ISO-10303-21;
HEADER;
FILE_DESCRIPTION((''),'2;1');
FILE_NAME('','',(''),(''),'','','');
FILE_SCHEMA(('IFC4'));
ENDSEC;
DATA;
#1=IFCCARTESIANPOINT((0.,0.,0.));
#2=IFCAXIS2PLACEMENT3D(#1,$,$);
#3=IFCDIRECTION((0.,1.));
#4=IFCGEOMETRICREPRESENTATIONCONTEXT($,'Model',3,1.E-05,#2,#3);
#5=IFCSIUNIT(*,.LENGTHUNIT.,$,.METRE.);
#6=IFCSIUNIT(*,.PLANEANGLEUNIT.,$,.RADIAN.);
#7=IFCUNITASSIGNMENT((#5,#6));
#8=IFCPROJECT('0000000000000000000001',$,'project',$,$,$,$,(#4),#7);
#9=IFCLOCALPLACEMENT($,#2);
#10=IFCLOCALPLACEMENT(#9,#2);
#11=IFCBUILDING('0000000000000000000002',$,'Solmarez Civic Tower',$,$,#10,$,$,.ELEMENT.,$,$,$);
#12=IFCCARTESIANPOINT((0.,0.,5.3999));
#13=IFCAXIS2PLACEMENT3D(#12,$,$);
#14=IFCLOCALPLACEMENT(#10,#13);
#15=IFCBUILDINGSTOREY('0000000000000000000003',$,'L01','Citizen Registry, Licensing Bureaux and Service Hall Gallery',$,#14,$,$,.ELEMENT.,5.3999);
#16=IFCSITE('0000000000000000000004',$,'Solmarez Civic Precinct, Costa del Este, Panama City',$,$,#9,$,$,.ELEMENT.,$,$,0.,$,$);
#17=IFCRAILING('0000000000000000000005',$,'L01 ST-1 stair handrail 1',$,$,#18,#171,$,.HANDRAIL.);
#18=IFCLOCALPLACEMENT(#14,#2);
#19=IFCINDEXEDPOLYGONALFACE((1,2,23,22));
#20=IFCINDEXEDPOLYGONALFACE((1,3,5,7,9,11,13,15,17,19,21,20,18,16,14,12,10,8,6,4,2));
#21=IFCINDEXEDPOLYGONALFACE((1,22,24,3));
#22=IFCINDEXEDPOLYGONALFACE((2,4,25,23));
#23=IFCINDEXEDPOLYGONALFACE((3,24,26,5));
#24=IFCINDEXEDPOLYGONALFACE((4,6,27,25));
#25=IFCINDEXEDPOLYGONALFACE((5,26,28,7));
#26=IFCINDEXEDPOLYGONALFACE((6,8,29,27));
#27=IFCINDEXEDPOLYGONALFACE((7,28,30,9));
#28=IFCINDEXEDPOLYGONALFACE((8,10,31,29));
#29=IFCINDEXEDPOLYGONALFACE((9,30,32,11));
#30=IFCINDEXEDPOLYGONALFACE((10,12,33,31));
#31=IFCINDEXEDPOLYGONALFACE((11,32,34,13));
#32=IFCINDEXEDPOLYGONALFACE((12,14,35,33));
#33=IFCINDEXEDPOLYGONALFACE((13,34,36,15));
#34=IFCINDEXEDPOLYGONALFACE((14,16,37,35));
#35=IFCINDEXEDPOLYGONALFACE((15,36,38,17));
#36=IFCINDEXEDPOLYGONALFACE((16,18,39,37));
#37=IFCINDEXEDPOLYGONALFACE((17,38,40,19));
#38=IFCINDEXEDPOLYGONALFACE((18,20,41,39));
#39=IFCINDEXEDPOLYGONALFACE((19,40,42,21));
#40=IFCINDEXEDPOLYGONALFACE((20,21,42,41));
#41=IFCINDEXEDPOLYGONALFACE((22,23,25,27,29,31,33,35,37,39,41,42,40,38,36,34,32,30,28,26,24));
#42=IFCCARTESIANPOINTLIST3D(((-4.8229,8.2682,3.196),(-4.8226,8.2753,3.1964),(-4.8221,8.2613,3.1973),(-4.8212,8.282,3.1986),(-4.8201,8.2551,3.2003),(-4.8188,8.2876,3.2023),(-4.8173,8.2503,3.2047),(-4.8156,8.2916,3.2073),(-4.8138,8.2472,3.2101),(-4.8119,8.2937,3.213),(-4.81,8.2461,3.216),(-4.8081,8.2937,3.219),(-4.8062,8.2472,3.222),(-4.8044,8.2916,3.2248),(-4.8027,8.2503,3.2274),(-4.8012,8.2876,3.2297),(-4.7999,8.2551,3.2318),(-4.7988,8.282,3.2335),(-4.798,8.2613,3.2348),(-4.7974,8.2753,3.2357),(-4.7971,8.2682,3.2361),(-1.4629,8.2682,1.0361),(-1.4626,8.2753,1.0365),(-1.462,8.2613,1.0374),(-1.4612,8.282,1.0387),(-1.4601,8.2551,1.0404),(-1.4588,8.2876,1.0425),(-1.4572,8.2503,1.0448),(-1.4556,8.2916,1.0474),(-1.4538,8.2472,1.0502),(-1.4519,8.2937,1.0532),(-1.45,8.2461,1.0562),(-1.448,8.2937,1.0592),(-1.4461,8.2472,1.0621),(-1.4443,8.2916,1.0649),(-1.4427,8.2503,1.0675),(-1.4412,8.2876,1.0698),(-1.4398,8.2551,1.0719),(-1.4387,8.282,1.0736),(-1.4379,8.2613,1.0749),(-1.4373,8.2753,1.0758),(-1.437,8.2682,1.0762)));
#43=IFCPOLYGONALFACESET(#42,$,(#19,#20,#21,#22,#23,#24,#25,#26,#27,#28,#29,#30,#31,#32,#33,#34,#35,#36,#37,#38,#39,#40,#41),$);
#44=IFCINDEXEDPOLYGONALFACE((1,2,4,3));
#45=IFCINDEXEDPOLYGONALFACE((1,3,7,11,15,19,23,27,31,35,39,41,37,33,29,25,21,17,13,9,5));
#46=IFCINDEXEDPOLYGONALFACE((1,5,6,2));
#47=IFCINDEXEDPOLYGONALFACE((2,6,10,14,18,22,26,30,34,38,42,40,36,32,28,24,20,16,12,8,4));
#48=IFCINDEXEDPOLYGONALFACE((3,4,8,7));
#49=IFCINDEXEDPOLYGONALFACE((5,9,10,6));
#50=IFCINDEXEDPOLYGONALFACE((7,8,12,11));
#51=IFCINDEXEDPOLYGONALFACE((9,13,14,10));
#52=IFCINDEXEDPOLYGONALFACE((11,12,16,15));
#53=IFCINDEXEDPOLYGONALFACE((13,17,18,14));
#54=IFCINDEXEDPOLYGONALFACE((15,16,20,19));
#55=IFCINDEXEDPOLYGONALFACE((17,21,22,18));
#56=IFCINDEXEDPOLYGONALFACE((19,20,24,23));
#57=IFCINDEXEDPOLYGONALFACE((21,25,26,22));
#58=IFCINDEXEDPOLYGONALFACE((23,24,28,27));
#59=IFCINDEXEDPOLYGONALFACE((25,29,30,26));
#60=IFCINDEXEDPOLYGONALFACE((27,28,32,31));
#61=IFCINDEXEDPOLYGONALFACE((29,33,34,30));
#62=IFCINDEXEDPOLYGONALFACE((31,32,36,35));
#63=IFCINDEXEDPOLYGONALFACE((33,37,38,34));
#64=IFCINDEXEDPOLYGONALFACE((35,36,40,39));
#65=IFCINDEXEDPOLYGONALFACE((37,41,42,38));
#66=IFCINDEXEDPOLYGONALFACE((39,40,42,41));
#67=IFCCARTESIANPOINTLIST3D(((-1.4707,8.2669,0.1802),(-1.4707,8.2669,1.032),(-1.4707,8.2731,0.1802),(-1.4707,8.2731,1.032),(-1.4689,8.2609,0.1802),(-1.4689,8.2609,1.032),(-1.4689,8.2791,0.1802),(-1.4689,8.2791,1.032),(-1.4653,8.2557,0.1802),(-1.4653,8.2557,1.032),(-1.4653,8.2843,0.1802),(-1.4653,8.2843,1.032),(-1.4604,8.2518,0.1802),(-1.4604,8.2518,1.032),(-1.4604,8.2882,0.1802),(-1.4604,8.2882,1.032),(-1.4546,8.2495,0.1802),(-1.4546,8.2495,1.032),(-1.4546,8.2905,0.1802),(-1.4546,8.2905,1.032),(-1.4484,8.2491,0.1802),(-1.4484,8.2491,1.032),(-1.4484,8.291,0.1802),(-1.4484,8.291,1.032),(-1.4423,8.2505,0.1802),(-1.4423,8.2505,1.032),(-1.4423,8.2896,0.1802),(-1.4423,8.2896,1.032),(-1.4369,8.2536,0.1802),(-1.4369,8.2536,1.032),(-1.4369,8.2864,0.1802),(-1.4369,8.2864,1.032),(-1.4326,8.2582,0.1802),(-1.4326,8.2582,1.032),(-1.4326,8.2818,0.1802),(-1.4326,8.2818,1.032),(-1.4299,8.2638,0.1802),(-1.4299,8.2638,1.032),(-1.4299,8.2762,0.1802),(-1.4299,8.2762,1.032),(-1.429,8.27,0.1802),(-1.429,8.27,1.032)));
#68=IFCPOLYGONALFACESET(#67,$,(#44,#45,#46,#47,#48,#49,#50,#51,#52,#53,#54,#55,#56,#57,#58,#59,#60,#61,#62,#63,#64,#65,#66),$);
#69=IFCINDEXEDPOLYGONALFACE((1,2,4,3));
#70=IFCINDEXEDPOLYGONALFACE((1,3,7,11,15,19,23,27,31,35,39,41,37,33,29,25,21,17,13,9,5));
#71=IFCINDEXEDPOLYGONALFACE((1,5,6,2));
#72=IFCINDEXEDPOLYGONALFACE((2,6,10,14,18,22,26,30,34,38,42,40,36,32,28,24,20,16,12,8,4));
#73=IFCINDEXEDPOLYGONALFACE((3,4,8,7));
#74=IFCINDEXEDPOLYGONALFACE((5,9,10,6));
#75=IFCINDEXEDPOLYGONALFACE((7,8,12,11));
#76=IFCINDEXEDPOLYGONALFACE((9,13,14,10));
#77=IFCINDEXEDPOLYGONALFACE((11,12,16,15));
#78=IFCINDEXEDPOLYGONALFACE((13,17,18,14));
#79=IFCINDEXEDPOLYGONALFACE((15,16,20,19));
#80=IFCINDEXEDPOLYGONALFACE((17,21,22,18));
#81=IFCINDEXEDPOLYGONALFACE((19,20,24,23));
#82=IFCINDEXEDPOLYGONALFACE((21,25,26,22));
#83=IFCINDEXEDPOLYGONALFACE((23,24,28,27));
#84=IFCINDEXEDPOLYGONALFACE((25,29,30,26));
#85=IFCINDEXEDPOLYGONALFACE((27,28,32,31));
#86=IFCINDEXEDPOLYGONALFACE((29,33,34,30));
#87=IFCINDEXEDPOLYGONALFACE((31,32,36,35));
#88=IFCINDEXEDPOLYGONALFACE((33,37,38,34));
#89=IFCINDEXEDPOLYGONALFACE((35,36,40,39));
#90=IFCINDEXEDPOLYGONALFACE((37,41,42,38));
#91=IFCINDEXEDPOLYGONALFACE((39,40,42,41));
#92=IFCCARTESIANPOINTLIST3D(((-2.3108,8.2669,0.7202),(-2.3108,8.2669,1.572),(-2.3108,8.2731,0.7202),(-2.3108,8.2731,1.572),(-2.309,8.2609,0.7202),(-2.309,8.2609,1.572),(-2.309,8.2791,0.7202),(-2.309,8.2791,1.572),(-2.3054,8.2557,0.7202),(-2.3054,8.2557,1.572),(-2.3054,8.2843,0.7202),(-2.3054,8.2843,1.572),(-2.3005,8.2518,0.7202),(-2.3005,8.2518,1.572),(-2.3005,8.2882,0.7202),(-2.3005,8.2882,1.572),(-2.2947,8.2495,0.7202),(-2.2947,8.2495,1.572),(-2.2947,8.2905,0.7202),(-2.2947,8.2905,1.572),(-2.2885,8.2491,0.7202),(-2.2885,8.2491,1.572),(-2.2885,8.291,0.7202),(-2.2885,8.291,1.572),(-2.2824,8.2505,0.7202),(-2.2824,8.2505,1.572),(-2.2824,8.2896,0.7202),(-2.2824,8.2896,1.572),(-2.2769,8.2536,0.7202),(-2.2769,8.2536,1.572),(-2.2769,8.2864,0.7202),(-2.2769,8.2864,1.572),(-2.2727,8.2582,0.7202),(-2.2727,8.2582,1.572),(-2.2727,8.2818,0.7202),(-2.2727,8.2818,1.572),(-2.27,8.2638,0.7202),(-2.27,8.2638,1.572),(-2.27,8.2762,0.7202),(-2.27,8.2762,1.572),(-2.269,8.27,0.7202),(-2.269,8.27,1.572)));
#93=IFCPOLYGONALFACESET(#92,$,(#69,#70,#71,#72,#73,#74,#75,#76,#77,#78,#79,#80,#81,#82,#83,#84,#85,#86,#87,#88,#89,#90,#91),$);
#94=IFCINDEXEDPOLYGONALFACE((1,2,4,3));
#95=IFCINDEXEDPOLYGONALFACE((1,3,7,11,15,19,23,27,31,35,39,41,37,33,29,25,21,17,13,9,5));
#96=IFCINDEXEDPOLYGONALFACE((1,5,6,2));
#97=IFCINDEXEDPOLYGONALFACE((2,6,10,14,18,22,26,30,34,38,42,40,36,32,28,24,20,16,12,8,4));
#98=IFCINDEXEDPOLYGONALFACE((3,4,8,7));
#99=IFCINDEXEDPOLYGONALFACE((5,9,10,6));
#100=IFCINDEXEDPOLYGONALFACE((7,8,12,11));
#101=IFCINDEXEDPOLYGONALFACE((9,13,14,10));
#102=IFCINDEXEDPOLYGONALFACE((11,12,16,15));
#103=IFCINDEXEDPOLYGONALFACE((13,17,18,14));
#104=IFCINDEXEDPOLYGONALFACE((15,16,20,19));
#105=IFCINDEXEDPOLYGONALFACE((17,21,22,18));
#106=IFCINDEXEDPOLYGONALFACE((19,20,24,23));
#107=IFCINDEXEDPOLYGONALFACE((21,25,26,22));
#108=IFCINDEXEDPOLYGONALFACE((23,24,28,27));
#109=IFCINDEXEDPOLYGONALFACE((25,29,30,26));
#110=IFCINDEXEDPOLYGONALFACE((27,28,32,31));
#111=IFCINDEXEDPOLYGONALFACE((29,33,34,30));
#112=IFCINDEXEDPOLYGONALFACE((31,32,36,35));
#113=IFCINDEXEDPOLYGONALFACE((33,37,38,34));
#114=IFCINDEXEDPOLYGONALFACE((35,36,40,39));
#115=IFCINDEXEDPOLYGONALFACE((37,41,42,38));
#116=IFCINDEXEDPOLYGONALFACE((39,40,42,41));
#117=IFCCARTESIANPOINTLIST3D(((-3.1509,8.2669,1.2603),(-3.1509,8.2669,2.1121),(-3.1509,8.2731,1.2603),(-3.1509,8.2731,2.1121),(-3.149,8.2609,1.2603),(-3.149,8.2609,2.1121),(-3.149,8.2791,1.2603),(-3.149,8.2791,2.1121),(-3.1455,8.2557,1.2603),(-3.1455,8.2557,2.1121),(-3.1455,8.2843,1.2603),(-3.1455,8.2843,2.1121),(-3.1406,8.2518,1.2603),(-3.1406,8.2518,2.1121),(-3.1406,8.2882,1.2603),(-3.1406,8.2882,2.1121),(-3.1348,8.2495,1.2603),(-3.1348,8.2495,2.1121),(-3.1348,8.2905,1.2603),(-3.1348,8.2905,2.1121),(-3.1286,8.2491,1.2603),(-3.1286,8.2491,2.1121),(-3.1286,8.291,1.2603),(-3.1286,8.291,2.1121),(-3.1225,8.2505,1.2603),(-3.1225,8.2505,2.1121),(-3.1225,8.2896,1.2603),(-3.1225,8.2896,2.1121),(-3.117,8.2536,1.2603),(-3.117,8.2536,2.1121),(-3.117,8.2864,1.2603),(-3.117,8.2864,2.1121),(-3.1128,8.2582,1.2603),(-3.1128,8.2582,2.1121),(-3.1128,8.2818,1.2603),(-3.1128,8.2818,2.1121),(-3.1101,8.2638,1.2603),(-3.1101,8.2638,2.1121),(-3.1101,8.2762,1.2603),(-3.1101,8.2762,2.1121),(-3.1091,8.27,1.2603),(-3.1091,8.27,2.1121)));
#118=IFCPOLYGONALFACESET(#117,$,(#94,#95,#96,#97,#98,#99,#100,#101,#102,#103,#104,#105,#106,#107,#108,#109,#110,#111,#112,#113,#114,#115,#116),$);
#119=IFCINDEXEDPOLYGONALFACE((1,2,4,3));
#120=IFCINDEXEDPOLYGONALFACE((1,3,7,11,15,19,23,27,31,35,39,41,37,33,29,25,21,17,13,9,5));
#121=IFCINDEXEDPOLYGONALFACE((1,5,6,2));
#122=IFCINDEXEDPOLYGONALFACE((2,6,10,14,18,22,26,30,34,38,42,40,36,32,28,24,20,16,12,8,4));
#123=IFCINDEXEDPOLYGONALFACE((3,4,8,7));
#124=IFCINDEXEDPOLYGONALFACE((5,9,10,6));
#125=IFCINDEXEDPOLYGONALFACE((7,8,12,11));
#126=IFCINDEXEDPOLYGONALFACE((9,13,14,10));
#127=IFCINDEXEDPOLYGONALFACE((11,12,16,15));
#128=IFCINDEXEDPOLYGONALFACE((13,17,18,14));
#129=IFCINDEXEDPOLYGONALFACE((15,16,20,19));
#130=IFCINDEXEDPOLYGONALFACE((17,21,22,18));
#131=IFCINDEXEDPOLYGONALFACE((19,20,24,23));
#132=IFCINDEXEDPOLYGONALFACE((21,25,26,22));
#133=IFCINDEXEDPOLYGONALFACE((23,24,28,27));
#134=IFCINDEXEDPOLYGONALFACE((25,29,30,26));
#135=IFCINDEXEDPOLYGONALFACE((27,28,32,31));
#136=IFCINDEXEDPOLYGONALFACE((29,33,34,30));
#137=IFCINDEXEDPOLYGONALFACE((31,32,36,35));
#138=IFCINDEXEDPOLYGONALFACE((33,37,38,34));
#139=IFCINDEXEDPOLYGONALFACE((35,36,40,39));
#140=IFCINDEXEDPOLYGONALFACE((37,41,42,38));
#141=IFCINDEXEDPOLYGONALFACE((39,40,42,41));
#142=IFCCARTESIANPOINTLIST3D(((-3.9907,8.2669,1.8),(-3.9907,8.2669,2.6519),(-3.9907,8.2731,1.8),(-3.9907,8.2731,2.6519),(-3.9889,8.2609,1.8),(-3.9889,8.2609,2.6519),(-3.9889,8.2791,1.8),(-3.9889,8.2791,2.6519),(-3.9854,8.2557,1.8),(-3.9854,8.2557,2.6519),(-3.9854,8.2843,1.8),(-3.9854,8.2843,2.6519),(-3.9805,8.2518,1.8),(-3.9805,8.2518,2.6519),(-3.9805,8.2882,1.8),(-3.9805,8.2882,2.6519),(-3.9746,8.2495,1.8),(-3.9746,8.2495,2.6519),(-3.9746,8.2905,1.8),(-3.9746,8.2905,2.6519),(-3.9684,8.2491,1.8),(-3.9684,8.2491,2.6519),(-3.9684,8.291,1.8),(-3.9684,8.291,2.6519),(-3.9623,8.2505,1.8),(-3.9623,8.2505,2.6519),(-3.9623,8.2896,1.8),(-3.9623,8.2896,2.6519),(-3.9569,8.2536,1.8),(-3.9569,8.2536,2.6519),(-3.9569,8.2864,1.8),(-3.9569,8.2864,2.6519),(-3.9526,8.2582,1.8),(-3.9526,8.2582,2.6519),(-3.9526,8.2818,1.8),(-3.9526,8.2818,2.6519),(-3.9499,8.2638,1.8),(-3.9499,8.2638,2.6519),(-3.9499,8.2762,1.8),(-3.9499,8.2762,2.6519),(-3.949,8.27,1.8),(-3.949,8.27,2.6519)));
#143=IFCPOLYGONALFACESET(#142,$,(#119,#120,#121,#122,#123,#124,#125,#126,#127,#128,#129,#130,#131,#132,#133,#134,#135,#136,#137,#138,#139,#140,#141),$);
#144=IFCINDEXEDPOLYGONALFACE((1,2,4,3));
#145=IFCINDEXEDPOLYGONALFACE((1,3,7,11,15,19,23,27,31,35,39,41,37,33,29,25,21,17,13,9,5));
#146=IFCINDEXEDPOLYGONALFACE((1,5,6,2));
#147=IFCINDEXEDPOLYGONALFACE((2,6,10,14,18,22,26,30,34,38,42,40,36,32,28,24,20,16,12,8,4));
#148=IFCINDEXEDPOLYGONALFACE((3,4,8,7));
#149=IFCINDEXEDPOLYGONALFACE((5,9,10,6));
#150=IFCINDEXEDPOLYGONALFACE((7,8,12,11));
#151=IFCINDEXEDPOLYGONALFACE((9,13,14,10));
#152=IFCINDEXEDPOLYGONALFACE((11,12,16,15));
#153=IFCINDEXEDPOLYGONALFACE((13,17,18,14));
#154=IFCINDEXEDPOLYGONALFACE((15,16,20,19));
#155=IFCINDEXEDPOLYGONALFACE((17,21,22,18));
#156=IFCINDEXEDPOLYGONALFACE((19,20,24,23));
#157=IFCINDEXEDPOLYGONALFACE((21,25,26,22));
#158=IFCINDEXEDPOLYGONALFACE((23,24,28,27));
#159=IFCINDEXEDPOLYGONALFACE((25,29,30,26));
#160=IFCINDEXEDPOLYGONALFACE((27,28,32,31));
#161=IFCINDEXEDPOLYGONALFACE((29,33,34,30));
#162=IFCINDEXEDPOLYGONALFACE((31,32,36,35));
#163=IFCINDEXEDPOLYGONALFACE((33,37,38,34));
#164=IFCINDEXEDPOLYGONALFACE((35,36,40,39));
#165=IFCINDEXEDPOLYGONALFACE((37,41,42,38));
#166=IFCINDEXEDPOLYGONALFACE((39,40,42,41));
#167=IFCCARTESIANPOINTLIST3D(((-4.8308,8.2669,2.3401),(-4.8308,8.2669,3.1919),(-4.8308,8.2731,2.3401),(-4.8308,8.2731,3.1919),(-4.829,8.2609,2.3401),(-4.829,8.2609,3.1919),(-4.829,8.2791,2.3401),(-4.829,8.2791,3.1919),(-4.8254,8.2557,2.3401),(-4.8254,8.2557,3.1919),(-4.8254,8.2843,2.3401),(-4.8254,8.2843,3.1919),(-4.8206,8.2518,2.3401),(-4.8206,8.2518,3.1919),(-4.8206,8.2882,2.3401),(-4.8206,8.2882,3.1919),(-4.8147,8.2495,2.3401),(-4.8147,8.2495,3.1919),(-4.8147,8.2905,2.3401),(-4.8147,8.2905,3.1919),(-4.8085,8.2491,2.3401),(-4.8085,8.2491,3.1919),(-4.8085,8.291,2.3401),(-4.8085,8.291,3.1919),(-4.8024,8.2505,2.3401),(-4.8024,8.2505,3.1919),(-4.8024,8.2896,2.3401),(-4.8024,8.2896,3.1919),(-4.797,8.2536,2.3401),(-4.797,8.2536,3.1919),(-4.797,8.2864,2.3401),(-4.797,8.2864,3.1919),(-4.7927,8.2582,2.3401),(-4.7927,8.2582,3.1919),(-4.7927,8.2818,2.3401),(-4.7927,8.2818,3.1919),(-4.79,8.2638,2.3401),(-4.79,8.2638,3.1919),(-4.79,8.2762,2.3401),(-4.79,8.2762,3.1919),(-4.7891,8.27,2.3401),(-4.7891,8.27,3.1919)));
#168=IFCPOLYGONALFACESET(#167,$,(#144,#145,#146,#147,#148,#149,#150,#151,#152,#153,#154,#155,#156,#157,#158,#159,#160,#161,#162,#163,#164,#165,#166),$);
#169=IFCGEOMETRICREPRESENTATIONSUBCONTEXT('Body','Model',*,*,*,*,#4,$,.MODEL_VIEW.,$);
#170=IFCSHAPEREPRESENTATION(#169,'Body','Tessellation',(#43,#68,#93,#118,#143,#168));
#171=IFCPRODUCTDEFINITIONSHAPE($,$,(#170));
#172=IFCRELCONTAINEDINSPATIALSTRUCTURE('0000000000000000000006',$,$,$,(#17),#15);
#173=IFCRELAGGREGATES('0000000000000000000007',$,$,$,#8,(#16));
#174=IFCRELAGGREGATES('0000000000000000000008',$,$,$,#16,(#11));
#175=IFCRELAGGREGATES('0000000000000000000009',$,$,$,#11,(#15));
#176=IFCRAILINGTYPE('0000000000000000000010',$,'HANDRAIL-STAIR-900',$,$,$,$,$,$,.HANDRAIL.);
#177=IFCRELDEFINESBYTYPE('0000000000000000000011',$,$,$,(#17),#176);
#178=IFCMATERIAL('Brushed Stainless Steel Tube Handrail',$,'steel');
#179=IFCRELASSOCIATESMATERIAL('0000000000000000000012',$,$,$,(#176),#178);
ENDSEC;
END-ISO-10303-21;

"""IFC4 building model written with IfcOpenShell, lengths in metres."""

from ifc_helpers import new_model, si_unit, direction, frame, origin, origin_2d, place, context, subcontext, project, spatial, circle, extrude, material, type_object, element, save


model = new_model("IFC4")

# Units and contexts
model_context = context("Model", 3, precision=1e-05, world=origin(), true_north=direction((0.0, 1.0)))
body_context = subcontext(model_context, "Body", "Model", "MODEL_VIEW")
ifc_project = project(units=[si_unit("LENGTHUNIT", "METRE"), si_unit("PLANEANGLEUNIT", "RADIAN")], contexts=[model_context])

# Site, building, storey
site_placement = place(None, origin())
site = spatial("IfcSite", under=ifc_project, at=site_placement, Name="Solmarez Civic Precinct, Costa del Este, Panama City", CompositionType="ELEMENT", RefElevation=0.0)
building_placement = place(site_placement, origin())
building = spatial("IfcBuilding", under=site, at=building_placement, Name="Solmarez Civic Tower", CompositionType="ELEMENT")
storey_placement = place(building_placement, frame((0.0, 0.0, 5.3999)))
storey = spatial("IfcBuildingStorey", under=building, at=storey_placement, Name="L01", Description="Citizen Registry, Licensing Bureaux and Service Hall Gallery", CompositionType="ELEMENT", Elevation=5.3999)

# Railing
ifc_material_1 = material(Name="Brushed Stainless Steel Tube Handrail", Category="steel")
railing_type_1 = type_object("IfcRailingType", Name="HANDRAIL-STAIR-900", PredefinedType="HANDRAIL", material=ifc_material_1)
railing_1_placement = place(storey_placement, frame((-1.45, 8.27, 0.1802)))
element("IfcRailing", 1, at=railing_1_placement, inside=storey, type_object=railing_type_1, Name="L01 ST-1 stair handrail 1", PredefinedType="HANDRAIL", context=body_context, shape_type="SweptSolid", body=[
    extrude(circle(Radius=0.0239, at=origin_2d()), frame((0.0, 0.0, 0.876), z_axis=(-0.841196, 0.0, 0.54073), x_axis=(0.0, -1.0, 0.0)), (0.0, 0.0, 1.0), 3.9944),
    extrude(circle(Radius=0.021, at=origin_2d()), origin(), (0.0, 0.0, 1.0), 0.8518),
    extrude(circle(Radius=0.021, at=origin_2d()), frame((-0.8401, 0.0, 0.54)), (0.0, 0.0, 1.0), 0.8518),
    extrude(circle(Radius=0.021, at=origin_2d()), frame((-1.6802, 0.0, 1.0801)), (0.0, 0.0, 1.0), 0.8518),
    extrude(circle(Radius=0.021, at=origin_2d()), frame((-2.52, 0.0, 1.6199)), (0.0, 0.0, 1.0), 0.8518),
    extrude(circle(Radius=0.021, at=origin_2d()), frame((-3.3601, 0.0, 2.1599)), (0.0, 0.0, 1.0), 0.8518),
])

save(model, "model.ifc")
